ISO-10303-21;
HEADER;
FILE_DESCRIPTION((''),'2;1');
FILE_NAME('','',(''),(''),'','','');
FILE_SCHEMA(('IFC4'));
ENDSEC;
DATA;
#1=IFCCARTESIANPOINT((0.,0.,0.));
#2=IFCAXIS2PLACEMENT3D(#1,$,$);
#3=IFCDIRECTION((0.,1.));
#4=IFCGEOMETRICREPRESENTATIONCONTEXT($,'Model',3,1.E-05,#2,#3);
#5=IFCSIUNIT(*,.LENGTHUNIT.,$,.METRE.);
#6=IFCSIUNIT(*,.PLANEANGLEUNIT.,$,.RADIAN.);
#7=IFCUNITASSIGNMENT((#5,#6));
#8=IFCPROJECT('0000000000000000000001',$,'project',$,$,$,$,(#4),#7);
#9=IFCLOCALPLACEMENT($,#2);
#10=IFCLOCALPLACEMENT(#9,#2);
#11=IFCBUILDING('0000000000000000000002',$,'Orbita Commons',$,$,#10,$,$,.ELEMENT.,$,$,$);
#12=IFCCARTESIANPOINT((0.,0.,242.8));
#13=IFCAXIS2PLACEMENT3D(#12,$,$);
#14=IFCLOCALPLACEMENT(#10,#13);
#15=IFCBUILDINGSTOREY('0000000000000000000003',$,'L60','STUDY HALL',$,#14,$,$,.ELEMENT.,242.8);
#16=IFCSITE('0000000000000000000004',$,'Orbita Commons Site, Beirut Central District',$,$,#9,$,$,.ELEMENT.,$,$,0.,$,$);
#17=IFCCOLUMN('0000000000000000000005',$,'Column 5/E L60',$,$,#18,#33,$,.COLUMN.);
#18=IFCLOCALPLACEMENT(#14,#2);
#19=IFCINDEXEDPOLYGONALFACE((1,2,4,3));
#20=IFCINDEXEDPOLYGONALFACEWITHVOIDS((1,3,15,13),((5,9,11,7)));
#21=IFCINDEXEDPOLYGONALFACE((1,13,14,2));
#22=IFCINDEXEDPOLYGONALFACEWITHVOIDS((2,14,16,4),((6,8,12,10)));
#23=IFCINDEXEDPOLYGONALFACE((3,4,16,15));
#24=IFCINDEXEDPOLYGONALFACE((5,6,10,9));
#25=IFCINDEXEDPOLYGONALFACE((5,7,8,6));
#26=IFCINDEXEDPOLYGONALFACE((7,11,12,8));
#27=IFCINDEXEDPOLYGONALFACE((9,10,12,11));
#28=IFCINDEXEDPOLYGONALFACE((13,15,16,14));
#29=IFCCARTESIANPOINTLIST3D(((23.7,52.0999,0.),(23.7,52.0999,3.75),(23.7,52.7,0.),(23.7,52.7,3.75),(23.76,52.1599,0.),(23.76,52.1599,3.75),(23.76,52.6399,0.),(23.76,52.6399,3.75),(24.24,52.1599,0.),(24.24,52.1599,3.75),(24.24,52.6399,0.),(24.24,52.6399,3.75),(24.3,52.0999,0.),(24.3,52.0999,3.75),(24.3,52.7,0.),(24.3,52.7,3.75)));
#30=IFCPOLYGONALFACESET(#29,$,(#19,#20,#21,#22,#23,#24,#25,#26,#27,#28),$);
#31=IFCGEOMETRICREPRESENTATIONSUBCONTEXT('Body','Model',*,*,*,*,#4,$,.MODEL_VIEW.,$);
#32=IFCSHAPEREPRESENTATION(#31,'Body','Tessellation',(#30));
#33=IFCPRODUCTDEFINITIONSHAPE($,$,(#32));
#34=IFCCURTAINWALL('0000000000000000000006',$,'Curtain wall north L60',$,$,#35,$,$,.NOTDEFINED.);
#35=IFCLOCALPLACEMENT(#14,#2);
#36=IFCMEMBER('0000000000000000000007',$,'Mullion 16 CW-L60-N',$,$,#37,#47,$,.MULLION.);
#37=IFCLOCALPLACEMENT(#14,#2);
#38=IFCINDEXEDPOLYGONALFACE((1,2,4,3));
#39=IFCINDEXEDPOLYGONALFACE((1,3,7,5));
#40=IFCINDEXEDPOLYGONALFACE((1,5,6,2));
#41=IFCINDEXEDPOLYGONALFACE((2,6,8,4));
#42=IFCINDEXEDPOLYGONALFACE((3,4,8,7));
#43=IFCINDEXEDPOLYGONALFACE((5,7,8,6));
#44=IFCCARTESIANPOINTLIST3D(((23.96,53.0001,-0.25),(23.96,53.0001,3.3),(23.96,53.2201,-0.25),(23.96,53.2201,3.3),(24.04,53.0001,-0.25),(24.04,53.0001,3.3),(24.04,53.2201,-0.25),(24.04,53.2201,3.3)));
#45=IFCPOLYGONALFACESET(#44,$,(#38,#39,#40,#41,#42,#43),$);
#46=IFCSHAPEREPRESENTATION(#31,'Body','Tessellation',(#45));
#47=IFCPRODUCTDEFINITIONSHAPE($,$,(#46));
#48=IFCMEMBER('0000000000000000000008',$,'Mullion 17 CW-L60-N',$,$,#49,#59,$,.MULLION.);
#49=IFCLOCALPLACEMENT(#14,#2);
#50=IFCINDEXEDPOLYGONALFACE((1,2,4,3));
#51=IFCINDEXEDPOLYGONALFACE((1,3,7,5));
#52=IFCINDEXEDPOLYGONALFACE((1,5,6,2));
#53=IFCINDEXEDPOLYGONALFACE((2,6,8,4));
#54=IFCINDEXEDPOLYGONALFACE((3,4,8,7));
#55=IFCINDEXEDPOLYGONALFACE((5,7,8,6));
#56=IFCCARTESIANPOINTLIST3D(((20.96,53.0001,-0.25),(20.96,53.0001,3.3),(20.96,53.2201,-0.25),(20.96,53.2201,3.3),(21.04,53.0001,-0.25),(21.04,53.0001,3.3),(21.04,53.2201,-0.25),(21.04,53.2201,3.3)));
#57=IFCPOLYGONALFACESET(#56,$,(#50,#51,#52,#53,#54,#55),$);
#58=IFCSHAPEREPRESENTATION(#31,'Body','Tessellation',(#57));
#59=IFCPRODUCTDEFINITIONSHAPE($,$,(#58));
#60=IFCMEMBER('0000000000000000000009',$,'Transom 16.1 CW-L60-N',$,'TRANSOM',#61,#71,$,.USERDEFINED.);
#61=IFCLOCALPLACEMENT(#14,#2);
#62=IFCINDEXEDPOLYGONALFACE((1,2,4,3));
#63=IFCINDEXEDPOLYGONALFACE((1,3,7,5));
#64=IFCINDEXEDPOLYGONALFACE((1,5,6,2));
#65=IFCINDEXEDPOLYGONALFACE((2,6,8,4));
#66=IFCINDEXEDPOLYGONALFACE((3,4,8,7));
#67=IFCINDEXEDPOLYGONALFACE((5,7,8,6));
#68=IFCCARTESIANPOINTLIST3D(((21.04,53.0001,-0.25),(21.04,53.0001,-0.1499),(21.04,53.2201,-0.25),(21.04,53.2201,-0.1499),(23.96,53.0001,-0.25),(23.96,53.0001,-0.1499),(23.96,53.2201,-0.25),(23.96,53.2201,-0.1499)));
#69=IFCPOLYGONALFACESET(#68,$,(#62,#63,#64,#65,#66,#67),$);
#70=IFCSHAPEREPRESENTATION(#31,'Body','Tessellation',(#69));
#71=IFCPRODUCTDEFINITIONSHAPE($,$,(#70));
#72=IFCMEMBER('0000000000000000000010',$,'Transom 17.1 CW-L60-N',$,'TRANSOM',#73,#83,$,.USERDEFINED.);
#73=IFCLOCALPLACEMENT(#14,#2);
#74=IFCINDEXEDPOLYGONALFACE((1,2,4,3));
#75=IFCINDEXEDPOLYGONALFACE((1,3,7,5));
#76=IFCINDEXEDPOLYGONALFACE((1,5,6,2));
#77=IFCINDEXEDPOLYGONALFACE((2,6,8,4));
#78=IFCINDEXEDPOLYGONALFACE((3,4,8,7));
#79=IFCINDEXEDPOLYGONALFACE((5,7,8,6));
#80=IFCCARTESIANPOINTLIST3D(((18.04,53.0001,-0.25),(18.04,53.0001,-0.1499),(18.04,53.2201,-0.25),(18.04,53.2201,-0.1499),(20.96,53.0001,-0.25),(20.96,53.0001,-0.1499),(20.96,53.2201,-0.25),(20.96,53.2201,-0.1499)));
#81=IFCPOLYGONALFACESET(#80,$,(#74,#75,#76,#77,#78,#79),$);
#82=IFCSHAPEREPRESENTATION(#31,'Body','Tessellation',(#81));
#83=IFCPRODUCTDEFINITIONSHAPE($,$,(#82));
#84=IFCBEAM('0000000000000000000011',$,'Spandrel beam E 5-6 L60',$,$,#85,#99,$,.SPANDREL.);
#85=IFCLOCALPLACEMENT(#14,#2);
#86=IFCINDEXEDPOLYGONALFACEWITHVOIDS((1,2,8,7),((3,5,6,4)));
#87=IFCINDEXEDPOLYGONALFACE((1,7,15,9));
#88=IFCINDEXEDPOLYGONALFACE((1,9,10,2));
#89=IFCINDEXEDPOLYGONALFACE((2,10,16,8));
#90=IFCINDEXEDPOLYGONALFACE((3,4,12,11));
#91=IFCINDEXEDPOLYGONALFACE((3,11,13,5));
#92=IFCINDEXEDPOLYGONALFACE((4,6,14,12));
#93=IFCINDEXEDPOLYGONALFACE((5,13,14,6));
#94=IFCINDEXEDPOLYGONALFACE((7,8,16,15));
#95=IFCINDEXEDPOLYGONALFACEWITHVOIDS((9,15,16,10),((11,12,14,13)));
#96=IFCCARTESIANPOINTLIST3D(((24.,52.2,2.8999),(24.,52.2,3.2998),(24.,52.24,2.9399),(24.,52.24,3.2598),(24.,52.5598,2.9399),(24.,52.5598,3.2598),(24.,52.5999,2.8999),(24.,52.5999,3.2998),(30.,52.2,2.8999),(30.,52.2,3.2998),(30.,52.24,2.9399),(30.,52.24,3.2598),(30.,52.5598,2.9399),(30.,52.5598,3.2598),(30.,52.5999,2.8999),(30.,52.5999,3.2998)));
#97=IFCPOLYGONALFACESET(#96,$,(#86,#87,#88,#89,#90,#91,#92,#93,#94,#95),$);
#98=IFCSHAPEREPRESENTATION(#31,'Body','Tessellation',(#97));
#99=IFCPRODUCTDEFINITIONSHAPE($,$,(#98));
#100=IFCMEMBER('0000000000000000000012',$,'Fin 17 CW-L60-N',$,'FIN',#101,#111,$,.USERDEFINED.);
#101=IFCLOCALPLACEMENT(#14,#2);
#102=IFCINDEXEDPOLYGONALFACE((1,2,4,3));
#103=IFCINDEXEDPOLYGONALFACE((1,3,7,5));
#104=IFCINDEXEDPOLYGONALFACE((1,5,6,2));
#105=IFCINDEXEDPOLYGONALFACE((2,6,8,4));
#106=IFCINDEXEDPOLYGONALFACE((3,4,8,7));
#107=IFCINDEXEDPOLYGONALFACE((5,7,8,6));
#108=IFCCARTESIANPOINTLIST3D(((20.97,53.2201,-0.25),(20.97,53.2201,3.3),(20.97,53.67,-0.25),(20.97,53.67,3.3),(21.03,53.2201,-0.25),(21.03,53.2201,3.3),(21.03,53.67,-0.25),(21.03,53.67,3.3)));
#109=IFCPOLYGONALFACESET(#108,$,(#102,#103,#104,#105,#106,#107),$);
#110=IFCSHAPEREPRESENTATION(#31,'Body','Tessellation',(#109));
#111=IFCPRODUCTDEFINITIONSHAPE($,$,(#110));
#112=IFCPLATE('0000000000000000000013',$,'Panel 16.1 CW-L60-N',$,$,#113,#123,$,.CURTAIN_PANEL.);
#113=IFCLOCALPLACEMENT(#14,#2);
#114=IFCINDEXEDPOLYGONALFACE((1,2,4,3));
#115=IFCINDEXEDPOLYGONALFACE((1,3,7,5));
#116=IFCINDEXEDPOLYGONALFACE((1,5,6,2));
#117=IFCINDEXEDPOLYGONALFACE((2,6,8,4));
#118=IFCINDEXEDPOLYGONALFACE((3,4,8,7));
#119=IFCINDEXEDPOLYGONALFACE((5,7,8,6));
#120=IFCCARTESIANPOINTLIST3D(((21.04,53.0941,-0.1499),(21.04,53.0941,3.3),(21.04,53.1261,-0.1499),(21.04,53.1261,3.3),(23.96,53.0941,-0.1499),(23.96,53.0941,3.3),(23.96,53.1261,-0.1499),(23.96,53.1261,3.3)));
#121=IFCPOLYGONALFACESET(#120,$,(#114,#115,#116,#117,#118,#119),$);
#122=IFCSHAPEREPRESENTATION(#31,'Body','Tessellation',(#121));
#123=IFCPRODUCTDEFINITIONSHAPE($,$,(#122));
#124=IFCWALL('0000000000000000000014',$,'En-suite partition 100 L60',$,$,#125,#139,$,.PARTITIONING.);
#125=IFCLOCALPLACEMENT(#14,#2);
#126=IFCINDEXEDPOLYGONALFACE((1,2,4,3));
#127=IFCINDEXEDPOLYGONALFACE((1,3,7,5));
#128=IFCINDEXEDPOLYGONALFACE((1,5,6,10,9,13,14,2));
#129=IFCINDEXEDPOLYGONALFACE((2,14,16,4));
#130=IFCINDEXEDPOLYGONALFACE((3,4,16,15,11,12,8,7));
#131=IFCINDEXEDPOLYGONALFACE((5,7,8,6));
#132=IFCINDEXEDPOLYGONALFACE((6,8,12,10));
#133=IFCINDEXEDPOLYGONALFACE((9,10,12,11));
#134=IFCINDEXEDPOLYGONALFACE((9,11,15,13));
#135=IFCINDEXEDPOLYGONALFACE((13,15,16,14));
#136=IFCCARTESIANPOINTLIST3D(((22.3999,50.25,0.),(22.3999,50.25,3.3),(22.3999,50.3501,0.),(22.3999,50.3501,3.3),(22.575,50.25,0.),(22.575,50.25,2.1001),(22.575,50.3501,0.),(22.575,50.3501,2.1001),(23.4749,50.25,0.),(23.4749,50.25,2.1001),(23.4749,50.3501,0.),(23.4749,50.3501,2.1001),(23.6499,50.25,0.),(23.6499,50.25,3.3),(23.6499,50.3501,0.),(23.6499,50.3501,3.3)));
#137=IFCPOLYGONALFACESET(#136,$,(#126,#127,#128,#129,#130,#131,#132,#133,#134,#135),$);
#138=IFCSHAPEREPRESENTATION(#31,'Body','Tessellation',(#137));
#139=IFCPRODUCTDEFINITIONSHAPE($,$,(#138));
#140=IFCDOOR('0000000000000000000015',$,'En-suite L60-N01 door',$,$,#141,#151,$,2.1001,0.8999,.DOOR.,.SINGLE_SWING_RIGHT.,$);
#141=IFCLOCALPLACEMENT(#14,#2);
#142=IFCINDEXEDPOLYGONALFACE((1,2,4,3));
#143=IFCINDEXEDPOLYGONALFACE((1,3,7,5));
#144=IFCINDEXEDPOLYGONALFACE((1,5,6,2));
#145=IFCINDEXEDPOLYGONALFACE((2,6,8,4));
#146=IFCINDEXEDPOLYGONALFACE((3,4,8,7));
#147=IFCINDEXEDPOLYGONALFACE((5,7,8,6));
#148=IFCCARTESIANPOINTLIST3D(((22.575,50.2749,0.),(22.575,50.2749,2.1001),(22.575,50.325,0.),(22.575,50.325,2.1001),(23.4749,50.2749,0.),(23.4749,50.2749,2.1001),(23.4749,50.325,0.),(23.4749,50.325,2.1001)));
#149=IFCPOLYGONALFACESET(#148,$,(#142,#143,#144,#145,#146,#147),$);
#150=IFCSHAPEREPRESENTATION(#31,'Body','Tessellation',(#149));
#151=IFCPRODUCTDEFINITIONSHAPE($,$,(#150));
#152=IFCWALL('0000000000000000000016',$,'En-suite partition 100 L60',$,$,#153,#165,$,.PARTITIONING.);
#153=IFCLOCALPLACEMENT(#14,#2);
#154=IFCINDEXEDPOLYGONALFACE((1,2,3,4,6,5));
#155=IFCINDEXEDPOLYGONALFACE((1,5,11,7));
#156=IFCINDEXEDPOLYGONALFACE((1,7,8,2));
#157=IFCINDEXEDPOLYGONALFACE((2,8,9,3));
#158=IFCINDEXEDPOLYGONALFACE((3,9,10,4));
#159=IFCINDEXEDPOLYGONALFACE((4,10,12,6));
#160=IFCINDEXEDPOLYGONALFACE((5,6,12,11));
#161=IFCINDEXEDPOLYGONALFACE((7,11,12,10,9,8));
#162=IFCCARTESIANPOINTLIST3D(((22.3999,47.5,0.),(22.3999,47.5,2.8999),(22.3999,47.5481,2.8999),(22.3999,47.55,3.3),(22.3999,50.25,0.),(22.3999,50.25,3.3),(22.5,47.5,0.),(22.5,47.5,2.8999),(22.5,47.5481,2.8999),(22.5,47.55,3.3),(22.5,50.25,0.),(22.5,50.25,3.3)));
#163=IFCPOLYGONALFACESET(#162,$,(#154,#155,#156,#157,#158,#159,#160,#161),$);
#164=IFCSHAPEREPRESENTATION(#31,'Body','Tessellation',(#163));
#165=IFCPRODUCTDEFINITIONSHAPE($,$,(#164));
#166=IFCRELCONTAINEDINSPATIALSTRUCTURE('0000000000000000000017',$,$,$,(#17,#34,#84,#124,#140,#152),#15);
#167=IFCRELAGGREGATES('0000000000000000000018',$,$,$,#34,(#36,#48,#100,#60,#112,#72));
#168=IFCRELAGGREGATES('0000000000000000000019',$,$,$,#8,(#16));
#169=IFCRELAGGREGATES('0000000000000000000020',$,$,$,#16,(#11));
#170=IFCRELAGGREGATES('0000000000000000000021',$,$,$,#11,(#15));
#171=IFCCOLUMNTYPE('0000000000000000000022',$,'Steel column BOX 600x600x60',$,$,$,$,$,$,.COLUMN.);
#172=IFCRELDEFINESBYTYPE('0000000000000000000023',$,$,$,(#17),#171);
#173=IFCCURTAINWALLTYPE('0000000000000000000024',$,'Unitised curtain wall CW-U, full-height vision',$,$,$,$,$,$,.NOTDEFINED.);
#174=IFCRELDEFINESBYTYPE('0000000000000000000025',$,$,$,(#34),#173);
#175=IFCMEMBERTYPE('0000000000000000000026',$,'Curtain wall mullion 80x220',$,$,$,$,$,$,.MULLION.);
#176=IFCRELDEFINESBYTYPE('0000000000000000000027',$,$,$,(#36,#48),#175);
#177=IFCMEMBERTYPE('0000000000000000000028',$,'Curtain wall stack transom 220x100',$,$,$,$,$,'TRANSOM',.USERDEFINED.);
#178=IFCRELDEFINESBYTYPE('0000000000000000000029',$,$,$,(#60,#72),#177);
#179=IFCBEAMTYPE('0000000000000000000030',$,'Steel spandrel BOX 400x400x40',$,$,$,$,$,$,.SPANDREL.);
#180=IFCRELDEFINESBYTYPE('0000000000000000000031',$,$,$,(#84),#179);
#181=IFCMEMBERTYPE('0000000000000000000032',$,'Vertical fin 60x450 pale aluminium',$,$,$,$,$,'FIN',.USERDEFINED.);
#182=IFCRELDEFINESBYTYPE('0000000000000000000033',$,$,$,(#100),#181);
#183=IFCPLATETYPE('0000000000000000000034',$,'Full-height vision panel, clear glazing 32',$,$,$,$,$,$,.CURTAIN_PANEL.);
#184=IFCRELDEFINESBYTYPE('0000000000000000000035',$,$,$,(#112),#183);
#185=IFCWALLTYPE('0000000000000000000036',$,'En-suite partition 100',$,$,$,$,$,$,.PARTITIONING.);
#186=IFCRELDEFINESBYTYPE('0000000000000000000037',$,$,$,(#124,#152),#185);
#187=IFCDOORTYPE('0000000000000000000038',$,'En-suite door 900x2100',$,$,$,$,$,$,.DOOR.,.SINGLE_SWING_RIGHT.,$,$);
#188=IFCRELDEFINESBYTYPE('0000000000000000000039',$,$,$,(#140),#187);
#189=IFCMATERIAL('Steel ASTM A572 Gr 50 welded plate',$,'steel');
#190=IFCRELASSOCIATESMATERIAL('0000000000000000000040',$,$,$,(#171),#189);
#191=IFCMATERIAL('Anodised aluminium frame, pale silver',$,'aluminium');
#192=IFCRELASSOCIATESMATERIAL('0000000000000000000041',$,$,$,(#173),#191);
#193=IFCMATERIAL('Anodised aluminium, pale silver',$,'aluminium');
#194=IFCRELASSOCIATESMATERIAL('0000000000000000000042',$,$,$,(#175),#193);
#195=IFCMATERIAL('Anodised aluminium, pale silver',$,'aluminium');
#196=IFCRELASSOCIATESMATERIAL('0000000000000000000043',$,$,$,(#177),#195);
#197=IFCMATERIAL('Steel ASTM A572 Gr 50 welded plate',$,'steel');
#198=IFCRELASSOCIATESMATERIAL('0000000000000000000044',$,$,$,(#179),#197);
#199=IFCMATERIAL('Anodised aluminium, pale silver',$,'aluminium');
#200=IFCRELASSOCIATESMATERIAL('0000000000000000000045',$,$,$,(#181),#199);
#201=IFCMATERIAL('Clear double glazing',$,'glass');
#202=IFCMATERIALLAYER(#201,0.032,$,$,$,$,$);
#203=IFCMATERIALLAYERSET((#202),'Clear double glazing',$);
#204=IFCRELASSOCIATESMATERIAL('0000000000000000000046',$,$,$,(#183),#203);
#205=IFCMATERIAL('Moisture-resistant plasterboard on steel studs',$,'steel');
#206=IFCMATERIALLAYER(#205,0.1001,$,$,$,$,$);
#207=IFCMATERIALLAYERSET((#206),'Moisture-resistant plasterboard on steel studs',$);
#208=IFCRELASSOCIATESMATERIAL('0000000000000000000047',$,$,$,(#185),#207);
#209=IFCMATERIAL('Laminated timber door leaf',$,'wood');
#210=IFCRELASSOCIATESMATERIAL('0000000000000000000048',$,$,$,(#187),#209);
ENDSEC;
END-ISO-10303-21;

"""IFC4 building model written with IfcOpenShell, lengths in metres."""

from ifc_helpers import new_model, si_unit, direction, frame, frame_2d, origin, origin_2d, place, context, subcontext, project, spatial, polyline, rectangle, hollow_rectangle, outline, extrude, material, layer, layer_set, material_profile, profile_set, type_object, element, fill, aggregate, save


model = new_model("IFC4")

# Units and contexts
model_context = context("Model", 3, precision=1e-05, world=origin(), true_north=direction((0.0, 1.0)))
body_context = subcontext(model_context, "Body", "Model", "MODEL_VIEW")
ifc_project = project(units=[si_unit("LENGTHUNIT", "METRE"), si_unit("PLANEANGLEUNIT", "RADIAN")], contexts=[model_context])

# Site, building, storey
site_placement = place(None, origin())
site = spatial("IfcSite", under=ifc_project, at=site_placement, Name="Orbita Commons Site, Beirut Central District", CompositionType="ELEMENT", RefElevation=0.0)
building_placement = place(site_placement, origin())
building = spatial("IfcBuilding", under=site, at=building_placement, Name="Orbita Commons", CompositionType="ELEMENT")
storey_placement = place(building_placement, frame((0.0, 0.0, 242.8)))
storey = spatial("IfcBuildingStorey", under=building, at=storey_placement, Name="L60", Description="STUDY HALL", CompositionType="ELEMENT", Elevation=242.8)

# Column
ifc_material_1 = material(Name="Steel ASTM A572 Gr 50 welded plate", Category="steel")
ifc_material_profile_1 = material_profile(ifc_material_1, hollow_rectangle(XDim=0.6001, YDim=0.6001, WallThickness=0.0601, at=origin_2d()), Name="BOX 600x600x60")
ifc_profile_set_1 = profile_set([ifc_material_profile_1], Name="Steel ASTM A572 Gr 50 welded plate")
column_type = type_object("IfcColumnType", Name="Steel column BOX 600x600x60", PredefinedType="COLUMN", material=ifc_profile_set_1)
column_placement = place(storey_placement, frame((24.0, 52.3999, 0.0), z_axis=(0.0, 0.0, 1.0), x_axis=(1.0, 0.0, 0.0)))
element("IfcColumn", 1, at=column_placement, inside=storey, type_object=column_type, Name="Column 5/E L60", PredefinedType="COLUMN", context=body_context, shape_type="SweptSolid", body=[
    extrude(hollow_rectangle(XDim=0.6001, YDim=0.6001, WallThickness=0.0601, at=origin_2d()), origin(), (0.0, 0.0, 1.0), 3.75),
])

# Curtain wall, members
ifc_material_2 = material(Name="Anodised aluminium frame, pale silver", Category="aluminium")
curtain_wall_type = type_object("IfcCurtainWallType", Name="Unitised curtain wall CW-U, full-height vision", PredefinedType="NOTDEFINED", material=ifc_material_2)
curtain_wall_placement = place(storey_placement, origin())
curtain_wall = element("IfcCurtainWall", 2, at=curtain_wall_placement, inside=storey, type_object=curtain_wall_type, Name="Curtain wall north L60", PredefinedType="NOTDEFINED")
ifc_material_3 = material(Name="Anodised aluminium, pale silver", Category="aluminium")
ifc_material_profile_2 = material_profile(ifc_material_3, rectangle(XDim=0.0801, YDim=0.22, at=origin_2d()), Name="AL 80x220")
ifc_profile_set_2 = profile_set([ifc_material_profile_2], Name="Anodised aluminium, pale silver")
member_type_1 = type_object("IfcMemberType", Name="Curtain wall mullion 80x220", PredefinedType="MULLION", material=ifc_profile_set_2)
member_1_placement = place(storey_placement, frame((24.0, 53.1101, -0.25), z_axis=(0.0, 0.0, 1.0), x_axis=(-1.0, 0.0, 0.0)))
member_1 = element("IfcMember", 3, at=member_1_placement, type_object=member_type_1, Name="Mullion 16 CW-L60-N", PredefinedType="MULLION", context=body_context, shape_type="SweptSolid", body=[
    extrude(rectangle(XDim=0.0801, YDim=0.22, at=origin_2d()), origin(), (0.0, 0.0, 1.0), 3.55),
])
member_2_placement = place(storey_placement, frame((21.0, 53.1101, -0.25), z_axis=(0.0, 0.0, 1.0), x_axis=(-1.0, 0.0, 0.0)))
member_2 = element("IfcMember", 4, at=member_2_placement, type_object=member_type_1, Name="Mullion 17 CW-L60-N", PredefinedType="MULLION", context=body_context, shape_type="SweptSolid", body=[
    extrude(rectangle(XDim=0.0801, YDim=0.22, at=origin_2d()), origin(), (0.0, 0.0, 1.0), 3.55),
])
ifc_material_4 = material(Name="Anodised aluminium, pale silver", Category="aluminium")
ifc_material_profile_3 = material_profile(ifc_material_4, rectangle(XDim=0.22, YDim=0.1001, at=origin_2d()), Name="AL 220x100")
ifc_profile_set_3 = profile_set([ifc_material_profile_3], Name="Anodised aluminium, pale silver")
member_type_2 = type_object("IfcMemberType", Name="Curtain wall stack transom 220x100", ElementType="TRANSOM", PredefinedType="USERDEFINED", material=ifc_profile_set_3)
member_3_placement = place(storey_placement, frame((23.96, 53.1101, -0.2), z_axis=(-1.0, 0.0, 0.0), x_axis=(0.0, -1.0, 0.0)))
member_3 = element("IfcMember", 5, at=member_3_placement, type_object=member_type_2, Name="Transom 16.1 CW-L60-N", ObjectType="TRANSOM", PredefinedType="USERDEFINED", context=body_context, shape_type="SweptSolid", body=[
    extrude(rectangle(XDim=0.22, YDim=0.1001, at=origin_2d()), origin(), (0.0, 0.0, 1.0), 2.9199),
])
member_4_placement = place(storey_placement, frame((20.96, 53.1101, -0.2), z_axis=(-1.0, 0.0, 0.0), x_axis=(0.0, -1.0, 0.0)))
member_4 = element("IfcMember", 6, at=member_4_placement, type_object=member_type_2, Name="Transom 17.1 CW-L60-N", ObjectType="TRANSOM", PredefinedType="USERDEFINED", context=body_context, shape_type="SweptSolid", body=[
    extrude(rectangle(XDim=0.22, YDim=0.1001, at=origin_2d()), origin(), (0.0, 0.0, 1.0), 2.9199),
])

# Beam
ifc_material_5 = material(Name="Steel ASTM A572 Gr 50 welded plate", Category="steel")
ifc_material_profile_4 = material_profile(ifc_material_5, hollow_rectangle(XDim=0.3999, YDim=0.3999, WallThickness=0.04, at=origin_2d()), Name="BOX 400x400x40")
ifc_profile_set_4 = profile_set([ifc_material_profile_4], Name="Steel ASTM A572 Gr 50 welded plate")
beam_type = type_object("IfcBeamType", Name="Steel spandrel BOX 400x400x40", PredefinedType="SPANDREL", material=ifc_profile_set_4)
beam_placement = place(storey_placement, frame((24.0, 52.3999, 3.0999), z_axis=(1.0, 0.0, 0.0), x_axis=(0.0, 1.0, 0.0)))
element("IfcBeam", 7, at=beam_placement, inside=storey, type_object=beam_type, Name="Spandrel beam E 5-6 L60", PredefinedType="SPANDREL", context=body_context, shape_type="SweptSolid", body=[
    extrude(hollow_rectangle(XDim=0.3999, YDim=0.3999, WallThickness=0.04, at=origin_2d()), origin(), (0.0, 0.0, 1.0), 6.0),
])

# Member
ifc_material_6 = material(Name="Anodised aluminium, pale silver", Category="aluminium")
ifc_material_profile_5 = material_profile(ifc_material_6, rectangle(XDim=0.0601, YDim=0.45, at=origin_2d()), Name="FIN 60x450")
ifc_profile_set_5 = profile_set([ifc_material_profile_5], Name="Anodised aluminium, pale silver")
member_type_3 = type_object("IfcMemberType", Name="Vertical fin 60x450 pale aluminium", ElementType="FIN", PredefinedType="USERDEFINED", material=ifc_profile_set_5)
member_5_placement = place(storey_placement, frame((21.0, 53.4451, -0.25), z_axis=(0.0, 0.0, 1.0), x_axis=(-1.0, 0.0, 0.0)))
member_5 = element("IfcMember", 8, at=member_5_placement, type_object=member_type_3, Name="Fin 17 CW-L60-N", ObjectType="FIN", PredefinedType="USERDEFINED", context=body_context, shape_type="SweptSolid", body=[
    extrude(rectangle(XDim=0.0601, YDim=0.45, at=origin_2d()), origin(), (0.0, 0.0, 1.0), 3.55),
])

# Plate
ifc_material_7 = material(Name="Clear double glazing", Category="glass")
ifc_layer_1 = layer(ifc_material_7, 0.032)
ifc_layer_set_1 = layer_set([ifc_layer_1], Name="Clear double glazing")
plate_type = type_object("IfcPlateType", Name="Full-height vision panel, clear glazing 32", PredefinedType="CURTAIN_PANEL", material=ifc_layer_set_1)
plate_placement = place(storey_placement, frame((22.5, 53.1101, -0.1499), z_axis=(0.0, 0.0, 1.0), x_axis=(-1.0, 0.0, 0.0)))
plate = element("IfcPlate", 9, at=plate_placement, type_object=plate_type, Name="Panel 16.1 CW-L60-N", PredefinedType="CURTAIN_PANEL", context=body_context, shape_type="SweptSolid", body=[
    extrude(rectangle(XDim=2.9199, YDim=0.032, at=origin_2d()), origin(), (0.0, 0.0, 1.0), 3.45),
])
aggregate(curtain_wall, [member_1, member_2, member_5, member_3, plate, member_4])

# Wall, opening, door
ifc_material_8 = material(Name="Moisture-resistant plasterboard on steel studs", Category="steel")
ifc_layer_2 = layer(ifc_material_8, 0.1001)
ifc_layer_set_2 = layer_set([ifc_layer_2], Name="Moisture-resistant plasterboard on steel studs")
wall_type_1 = type_object("IfcWallType", Name="En-suite partition 100", PredefinedType="PARTITIONING", material=ifc_layer_set_2)
wall_1_placement = place(storey_placement, frame((22.3999, 50.3, 0.0), z_axis=(0.0, 0.0, 1.0), x_axis=(1.0, 0.0, 0.0)))
wall_1 = element("IfcWall", 10, at=wall_1_placement, inside=storey, type_object=wall_type_1, Name="En-suite partition 100 L60", PredefinedType="PARTITIONING", context=body_context, shape_type="SweptSolid", body=[
    extrude(rectangle(XDim=1.25, YDim=0.1001, at=frame_2d((0.625, 0.0))), origin(), (0.0, 0.0, 1.0), 3.3),
])
opening_1_placement = place(wall_1_placement, frame((0.175, 0.0, 0.0)))
opening_1 = element("IfcOpeningElement", 11, at=opening_1_placement, cuts=wall_1, PredefinedType="OPENING", context=body_context, shape_type="SweptSolid", body=[
    extrude(rectangle(XDim=0.8999, YDim=2.1001, at=frame_2d((0.45, 1.05))), frame((0.0, 0.0601, 0.0), z_axis=(0.0, -1.0, 0.0), x_axis=(1.0, 0.0, 0.0)), (0.0, 0.0, 1.0), 0.1201),
])
ifc_material_9 = material(Name="Laminated timber door leaf", Category="wood")
door_type_1 = type_object("IfcDoorType", Name="En-suite door 900x2100", OperationType="SINGLE_SWING_RIGHT", PredefinedType="DOOR", material=ifc_material_9)
door_1_placement = place(opening_1_placement, origin())
door_1 = element("IfcDoor", 12, at=door_1_placement, inside=storey, type_object=door_type_1, Name="En-suite L60-N01 door", OperationType="SINGLE_SWING_RIGHT", OverallHeight=2.1001, OverallWidth=0.8999, PredefinedType="DOOR", context=body_context, shape_type="SweptSolid", body=[
    extrude(rectangle(XDim=0.8999, YDim=2.1001, at=frame_2d((0.45, 1.05))), frame((0.0, 0.0249, 0.0), z_axis=(0.0, -1.0, 0.0), x_axis=(1.0, 0.0, 0.0)), (0.0, 0.0, 1.0), 0.05),
])
fill(opening_1, door_1)

# Wall
wall_2_placement = place(storey_placement, frame((22.45, 50.25, 0.0), z_axis=(0.0, 0.0, 1.0), x_axis=(0.0, -1.0, 0.0)))
element("IfcWall", 13, at=wall_2_placement, inside=storey, type_object=wall_type_1, Name="En-suite partition 100 L60", PredefinedType="PARTITIONING", context=body_context, shape_type="SweptSolid", body=[
    extrude(outline(polyline([(0.0, 0.0), (2.75, 0.0), (2.75, 2.8999), (2.7019, 2.8999), (2.7, 3.3), (0.0, 3.3), (0.0, 0.0)])), frame((0.0, 0.05, 0.0), z_axis=(0.0, -1.0, 0.0), x_axis=(1.0, 0.0, 0.0)), (0.0, 0.0, 1.0), 0.1001),
])

save(model, "model.ifc")
